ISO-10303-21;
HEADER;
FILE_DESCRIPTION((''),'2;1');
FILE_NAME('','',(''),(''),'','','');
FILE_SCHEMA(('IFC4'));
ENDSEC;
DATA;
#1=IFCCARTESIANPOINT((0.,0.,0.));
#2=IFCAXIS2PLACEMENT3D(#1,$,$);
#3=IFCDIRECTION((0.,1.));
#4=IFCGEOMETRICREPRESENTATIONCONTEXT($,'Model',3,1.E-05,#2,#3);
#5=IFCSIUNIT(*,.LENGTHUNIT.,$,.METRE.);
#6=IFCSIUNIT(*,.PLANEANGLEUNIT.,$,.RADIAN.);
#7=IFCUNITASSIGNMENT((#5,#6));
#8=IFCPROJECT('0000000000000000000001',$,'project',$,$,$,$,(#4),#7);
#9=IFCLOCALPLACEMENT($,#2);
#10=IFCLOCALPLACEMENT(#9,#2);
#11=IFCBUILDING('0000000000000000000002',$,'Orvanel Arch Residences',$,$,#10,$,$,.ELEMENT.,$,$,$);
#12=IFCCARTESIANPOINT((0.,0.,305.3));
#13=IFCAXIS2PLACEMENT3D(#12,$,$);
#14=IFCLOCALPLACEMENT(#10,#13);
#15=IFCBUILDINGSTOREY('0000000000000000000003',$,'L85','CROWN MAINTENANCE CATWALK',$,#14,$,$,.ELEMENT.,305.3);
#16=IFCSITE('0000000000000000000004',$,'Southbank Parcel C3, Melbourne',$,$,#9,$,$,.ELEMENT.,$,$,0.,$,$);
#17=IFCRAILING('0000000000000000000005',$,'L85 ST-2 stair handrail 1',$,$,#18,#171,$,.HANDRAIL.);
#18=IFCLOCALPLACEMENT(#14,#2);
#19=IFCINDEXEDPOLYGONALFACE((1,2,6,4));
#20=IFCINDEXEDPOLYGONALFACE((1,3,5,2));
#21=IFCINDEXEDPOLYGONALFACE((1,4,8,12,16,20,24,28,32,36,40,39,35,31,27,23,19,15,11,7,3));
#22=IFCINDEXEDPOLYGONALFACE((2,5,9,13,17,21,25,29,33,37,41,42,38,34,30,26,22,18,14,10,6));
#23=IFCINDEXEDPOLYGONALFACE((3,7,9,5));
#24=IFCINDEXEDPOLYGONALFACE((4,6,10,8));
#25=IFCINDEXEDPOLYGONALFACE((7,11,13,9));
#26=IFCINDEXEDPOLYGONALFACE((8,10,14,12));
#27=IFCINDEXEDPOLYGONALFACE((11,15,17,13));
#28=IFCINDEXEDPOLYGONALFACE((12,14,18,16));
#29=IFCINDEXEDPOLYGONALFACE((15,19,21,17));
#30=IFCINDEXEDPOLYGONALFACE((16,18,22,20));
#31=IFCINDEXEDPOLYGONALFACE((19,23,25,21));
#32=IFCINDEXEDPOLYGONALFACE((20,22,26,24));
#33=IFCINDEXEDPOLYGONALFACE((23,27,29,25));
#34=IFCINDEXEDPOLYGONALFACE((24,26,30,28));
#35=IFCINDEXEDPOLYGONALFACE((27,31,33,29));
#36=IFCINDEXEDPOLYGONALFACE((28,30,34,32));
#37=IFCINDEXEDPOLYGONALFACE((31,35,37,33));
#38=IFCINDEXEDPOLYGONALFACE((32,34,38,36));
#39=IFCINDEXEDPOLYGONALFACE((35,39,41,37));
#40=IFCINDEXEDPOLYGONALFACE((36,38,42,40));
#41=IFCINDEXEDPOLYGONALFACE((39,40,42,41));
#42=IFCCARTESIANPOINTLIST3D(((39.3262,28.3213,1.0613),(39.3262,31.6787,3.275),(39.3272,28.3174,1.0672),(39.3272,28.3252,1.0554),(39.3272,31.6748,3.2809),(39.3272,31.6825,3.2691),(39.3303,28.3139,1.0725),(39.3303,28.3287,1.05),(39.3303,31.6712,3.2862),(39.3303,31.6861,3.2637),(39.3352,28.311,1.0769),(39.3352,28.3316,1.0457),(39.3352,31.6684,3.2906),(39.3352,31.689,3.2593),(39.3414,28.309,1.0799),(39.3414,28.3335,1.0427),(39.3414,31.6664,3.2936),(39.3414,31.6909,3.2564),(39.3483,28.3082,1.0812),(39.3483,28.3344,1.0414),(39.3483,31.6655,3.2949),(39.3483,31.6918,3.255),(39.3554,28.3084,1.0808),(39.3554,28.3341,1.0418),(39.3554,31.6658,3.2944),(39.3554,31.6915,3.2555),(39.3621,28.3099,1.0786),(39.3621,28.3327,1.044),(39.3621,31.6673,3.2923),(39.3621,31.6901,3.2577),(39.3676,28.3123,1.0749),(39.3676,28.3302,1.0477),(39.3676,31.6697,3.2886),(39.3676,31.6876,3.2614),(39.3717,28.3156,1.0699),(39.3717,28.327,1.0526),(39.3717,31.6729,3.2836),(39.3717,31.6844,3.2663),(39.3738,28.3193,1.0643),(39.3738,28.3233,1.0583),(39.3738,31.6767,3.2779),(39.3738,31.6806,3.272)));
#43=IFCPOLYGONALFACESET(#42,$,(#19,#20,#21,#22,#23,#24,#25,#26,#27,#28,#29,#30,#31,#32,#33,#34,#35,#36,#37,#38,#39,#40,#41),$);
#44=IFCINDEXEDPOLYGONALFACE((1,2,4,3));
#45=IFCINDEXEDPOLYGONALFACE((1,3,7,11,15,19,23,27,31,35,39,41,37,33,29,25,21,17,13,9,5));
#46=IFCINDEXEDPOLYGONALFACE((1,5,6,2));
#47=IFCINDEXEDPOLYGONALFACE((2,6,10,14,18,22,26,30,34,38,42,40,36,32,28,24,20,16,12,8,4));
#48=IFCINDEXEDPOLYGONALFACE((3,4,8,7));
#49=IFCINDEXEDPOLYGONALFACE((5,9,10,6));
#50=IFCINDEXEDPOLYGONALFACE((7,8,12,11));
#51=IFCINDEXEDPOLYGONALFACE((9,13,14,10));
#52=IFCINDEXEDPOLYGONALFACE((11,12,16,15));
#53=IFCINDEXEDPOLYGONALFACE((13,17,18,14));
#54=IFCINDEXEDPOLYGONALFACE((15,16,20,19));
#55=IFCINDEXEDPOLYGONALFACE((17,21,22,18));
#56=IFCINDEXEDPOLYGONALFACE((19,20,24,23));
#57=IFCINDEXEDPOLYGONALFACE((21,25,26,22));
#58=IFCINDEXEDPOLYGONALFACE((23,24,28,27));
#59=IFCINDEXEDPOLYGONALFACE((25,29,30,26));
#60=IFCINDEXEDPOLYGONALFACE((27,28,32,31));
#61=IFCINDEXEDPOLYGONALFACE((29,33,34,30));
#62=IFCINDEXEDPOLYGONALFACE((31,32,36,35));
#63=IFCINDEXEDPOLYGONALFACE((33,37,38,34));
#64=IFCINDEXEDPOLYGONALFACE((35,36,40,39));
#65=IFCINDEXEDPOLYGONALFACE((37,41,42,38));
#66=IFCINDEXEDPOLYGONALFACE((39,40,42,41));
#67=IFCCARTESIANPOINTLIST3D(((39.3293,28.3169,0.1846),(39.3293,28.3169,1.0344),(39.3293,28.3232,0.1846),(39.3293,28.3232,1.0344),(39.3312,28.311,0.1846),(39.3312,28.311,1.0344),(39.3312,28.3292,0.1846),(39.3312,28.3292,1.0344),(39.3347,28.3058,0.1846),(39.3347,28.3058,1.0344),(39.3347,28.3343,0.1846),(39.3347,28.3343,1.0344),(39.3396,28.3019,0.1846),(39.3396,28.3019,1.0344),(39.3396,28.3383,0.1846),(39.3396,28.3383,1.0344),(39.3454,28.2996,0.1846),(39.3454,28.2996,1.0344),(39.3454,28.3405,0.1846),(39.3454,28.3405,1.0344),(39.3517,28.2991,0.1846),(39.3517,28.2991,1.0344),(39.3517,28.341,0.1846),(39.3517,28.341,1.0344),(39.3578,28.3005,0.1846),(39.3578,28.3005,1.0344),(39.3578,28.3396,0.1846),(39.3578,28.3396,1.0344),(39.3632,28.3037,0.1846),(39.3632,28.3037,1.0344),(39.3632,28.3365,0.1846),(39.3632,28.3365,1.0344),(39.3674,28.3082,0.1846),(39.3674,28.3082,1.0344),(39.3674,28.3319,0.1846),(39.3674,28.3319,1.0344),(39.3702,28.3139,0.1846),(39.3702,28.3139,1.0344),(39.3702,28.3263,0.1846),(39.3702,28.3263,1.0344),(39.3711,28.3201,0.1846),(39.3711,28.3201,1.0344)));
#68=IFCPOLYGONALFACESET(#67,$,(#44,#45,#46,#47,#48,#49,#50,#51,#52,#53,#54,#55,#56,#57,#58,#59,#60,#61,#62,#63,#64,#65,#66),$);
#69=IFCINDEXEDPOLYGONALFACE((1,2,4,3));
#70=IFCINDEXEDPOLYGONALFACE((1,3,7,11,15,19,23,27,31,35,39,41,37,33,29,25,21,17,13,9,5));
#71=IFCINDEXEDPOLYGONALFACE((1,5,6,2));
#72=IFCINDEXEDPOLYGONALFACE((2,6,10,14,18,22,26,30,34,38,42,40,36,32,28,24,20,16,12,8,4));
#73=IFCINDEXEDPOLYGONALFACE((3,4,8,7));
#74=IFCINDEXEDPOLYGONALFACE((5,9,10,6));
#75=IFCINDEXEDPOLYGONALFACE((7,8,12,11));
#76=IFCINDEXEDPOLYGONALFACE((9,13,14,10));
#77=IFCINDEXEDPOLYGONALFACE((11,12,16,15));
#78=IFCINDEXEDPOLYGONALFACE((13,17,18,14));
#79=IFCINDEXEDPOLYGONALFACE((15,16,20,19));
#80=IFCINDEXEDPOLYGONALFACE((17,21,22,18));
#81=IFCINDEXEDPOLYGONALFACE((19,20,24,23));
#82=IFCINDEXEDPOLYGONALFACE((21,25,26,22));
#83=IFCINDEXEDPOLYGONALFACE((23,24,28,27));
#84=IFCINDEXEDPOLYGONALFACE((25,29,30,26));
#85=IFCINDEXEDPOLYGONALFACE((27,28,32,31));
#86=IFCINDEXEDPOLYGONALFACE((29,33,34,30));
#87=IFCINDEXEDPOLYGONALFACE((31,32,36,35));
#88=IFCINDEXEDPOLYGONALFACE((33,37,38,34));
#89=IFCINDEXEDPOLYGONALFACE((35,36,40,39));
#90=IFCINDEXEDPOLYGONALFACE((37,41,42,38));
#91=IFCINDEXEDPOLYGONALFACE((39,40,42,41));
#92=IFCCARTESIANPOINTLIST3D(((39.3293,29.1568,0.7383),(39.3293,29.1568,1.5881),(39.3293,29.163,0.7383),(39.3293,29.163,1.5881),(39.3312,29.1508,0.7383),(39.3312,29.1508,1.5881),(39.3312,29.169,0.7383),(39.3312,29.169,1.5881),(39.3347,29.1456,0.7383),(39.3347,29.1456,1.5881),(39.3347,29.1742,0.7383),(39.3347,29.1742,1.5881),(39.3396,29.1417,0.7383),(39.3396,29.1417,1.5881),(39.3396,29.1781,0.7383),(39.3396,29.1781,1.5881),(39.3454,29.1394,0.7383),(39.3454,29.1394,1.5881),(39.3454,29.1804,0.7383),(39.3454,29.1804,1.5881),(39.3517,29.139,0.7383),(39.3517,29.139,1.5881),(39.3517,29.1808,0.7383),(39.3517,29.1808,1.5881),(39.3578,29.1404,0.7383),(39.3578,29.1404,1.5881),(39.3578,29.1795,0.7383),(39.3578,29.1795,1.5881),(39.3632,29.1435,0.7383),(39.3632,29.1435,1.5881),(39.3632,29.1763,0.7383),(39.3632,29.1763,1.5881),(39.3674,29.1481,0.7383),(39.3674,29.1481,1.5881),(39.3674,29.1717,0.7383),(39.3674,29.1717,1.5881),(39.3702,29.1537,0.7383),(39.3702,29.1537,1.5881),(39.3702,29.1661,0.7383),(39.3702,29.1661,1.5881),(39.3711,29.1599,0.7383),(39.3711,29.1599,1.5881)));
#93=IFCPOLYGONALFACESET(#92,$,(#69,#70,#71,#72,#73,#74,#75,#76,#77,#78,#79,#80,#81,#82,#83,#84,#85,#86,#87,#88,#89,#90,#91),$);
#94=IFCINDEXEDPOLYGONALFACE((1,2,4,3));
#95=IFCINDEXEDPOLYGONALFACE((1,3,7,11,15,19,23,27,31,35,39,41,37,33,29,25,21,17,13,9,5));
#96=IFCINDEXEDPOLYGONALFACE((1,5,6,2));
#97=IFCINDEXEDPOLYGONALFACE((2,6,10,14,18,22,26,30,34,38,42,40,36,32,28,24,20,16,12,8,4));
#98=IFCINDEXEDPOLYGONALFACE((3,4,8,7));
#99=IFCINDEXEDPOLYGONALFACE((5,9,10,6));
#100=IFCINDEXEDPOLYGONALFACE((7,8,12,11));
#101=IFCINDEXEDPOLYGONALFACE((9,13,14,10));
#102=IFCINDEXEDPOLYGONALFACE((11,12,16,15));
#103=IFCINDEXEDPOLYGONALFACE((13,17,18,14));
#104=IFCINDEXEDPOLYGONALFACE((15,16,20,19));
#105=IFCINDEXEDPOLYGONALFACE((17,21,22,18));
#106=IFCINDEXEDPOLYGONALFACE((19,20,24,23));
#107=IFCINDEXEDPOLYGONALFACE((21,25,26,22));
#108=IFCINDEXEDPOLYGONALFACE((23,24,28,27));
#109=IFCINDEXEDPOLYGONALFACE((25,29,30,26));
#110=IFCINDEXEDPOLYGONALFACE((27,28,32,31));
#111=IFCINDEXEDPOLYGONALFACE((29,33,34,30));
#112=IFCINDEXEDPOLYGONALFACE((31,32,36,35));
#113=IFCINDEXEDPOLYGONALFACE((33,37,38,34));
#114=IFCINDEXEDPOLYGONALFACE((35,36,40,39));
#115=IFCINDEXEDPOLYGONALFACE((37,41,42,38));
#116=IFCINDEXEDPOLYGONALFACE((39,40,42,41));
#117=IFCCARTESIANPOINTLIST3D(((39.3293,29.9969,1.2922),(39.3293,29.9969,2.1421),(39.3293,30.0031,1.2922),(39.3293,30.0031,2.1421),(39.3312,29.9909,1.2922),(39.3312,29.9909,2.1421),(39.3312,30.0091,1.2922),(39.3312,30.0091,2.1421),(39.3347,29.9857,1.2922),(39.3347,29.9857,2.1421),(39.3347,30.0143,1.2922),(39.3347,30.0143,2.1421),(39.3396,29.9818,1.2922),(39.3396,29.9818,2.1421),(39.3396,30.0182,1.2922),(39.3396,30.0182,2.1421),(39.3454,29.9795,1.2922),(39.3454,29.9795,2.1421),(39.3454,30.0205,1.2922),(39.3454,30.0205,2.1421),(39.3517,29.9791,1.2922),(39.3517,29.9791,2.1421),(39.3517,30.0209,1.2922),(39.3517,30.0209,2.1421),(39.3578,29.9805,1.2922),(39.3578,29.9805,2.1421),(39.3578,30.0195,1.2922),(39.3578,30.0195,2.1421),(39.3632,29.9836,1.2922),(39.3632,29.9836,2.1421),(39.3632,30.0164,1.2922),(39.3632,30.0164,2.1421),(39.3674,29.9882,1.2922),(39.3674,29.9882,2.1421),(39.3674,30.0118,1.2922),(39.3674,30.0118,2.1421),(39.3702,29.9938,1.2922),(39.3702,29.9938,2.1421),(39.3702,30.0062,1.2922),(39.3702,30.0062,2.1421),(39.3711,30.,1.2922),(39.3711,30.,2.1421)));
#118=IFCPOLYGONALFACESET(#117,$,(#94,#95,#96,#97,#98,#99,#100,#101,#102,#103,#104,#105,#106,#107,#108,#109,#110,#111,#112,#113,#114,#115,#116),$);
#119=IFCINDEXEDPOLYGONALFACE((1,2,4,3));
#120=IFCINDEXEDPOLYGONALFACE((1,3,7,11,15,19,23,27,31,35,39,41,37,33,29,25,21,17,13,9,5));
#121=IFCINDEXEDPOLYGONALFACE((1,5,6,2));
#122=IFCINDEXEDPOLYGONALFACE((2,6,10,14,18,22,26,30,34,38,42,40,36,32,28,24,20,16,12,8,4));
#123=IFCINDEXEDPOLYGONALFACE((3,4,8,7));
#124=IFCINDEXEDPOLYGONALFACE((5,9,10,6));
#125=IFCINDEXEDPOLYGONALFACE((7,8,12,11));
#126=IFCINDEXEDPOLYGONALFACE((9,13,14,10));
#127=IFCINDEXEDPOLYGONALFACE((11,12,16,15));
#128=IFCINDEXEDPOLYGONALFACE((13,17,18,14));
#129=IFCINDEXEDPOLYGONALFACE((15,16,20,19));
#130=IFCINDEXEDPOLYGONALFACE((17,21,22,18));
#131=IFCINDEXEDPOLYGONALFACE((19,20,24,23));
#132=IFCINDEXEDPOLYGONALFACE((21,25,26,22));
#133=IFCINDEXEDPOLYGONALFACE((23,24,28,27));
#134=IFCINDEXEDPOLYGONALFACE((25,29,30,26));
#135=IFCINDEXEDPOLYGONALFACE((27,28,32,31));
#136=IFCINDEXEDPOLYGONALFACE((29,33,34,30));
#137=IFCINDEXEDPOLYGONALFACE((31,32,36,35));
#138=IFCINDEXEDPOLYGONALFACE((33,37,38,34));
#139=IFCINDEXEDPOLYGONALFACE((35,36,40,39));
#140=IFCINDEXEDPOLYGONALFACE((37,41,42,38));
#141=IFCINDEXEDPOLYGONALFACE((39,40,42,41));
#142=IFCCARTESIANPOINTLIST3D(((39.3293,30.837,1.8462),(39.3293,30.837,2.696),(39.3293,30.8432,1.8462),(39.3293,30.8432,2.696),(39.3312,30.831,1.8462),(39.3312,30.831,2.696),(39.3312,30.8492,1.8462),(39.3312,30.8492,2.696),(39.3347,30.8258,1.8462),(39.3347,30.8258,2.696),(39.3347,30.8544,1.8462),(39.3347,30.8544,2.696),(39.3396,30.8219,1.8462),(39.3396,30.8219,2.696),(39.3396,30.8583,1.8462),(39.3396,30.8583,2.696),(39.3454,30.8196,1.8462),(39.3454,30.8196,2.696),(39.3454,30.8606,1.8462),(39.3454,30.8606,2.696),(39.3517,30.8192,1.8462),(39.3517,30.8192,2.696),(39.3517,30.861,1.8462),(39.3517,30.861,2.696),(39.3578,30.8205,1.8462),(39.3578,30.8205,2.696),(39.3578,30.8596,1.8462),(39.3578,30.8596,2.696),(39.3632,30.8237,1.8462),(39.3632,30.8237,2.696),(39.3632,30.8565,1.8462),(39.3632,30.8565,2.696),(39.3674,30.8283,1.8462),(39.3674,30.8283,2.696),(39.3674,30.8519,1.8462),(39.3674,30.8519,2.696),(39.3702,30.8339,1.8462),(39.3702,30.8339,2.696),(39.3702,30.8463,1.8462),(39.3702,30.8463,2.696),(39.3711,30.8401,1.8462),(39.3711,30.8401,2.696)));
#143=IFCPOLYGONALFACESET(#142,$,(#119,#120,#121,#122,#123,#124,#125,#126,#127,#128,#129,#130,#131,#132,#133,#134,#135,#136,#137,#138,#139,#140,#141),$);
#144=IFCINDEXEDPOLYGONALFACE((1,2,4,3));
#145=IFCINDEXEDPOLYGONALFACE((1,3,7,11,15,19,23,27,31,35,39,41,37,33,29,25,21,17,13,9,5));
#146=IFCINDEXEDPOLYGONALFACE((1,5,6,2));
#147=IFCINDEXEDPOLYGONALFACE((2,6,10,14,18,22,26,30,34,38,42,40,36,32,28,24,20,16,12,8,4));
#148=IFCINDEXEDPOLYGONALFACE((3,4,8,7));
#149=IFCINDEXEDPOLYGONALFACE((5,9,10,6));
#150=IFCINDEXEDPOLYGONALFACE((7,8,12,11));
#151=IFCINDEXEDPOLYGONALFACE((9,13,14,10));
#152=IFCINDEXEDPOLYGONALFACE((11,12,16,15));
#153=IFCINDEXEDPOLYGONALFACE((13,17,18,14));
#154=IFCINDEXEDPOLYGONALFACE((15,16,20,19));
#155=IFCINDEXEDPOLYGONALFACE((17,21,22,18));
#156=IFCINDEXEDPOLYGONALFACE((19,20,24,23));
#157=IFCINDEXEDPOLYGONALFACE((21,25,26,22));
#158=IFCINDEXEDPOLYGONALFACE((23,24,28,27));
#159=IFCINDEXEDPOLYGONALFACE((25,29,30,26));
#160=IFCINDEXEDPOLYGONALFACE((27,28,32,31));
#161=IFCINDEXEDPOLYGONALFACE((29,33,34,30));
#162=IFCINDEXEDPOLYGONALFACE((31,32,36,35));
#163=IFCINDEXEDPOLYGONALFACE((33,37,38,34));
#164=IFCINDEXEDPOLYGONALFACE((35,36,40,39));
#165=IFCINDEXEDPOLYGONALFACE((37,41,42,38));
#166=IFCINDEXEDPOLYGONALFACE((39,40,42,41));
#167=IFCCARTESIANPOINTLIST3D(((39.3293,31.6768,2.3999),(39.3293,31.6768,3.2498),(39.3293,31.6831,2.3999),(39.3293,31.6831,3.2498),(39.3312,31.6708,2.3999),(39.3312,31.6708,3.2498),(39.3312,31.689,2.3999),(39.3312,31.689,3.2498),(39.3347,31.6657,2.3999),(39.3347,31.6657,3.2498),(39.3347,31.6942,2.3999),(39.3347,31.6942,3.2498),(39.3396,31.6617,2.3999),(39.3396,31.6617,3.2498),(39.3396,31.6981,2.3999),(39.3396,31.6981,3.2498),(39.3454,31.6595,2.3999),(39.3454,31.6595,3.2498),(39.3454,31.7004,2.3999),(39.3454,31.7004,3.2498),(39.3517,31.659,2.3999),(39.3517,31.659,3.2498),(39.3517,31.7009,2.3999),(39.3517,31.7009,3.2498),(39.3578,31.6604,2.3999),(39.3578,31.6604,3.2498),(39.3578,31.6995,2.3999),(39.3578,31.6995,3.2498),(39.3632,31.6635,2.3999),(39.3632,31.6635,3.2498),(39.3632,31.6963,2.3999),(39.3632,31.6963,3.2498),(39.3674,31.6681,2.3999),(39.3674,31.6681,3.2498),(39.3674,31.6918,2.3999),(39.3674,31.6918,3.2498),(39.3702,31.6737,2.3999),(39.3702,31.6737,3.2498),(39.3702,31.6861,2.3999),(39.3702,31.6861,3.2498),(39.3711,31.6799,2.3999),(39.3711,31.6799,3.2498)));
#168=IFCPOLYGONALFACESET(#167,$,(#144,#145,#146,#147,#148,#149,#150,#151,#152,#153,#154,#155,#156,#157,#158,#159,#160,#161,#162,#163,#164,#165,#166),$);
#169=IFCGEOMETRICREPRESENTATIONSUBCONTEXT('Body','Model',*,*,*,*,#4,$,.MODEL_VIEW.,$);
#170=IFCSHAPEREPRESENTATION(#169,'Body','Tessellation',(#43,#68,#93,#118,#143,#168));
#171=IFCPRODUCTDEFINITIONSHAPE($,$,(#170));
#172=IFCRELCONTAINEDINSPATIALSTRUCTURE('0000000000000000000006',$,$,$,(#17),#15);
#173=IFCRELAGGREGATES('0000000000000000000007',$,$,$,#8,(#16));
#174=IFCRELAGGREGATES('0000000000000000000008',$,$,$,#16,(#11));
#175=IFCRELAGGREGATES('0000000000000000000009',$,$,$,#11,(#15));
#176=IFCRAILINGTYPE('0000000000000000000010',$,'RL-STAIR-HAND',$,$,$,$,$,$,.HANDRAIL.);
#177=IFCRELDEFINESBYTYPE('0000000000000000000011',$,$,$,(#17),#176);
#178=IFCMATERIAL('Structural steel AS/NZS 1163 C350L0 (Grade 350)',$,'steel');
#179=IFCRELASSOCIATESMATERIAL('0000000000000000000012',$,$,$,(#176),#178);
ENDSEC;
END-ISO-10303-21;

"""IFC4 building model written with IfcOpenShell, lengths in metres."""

from ifc_helpers import new_model, si_unit, direction, frame, origin, origin_2d, place, context, subcontext, project, spatial, circle, extrude, material, type_object, element, save


model = new_model("IFC4")

# Units and contexts
model_context = context("Model", 3, precision=1e-05, world=origin(), true_north=direction((0.0, 1.0)))
body_context = subcontext(model_context, "Body", "Model", "MODEL_VIEW")
ifc_project = project(units=[si_unit("LENGTHUNIT", "METRE"), si_unit("PLANEANGLEUNIT", "RADIAN")], contexts=[model_context])

# Site, building, storey
site_placement = place(None, origin())
site = spatial("IfcSite", under=ifc_project, at=site_placement, Name="Southbank Parcel C3, Melbourne", CompositionType="ELEMENT", RefElevation=0.0)
building_placement = place(site_placement, origin())
building = spatial("IfcBuilding", under=site, at=building_placement, Name="Orvanel Arch Residences", CompositionType="ELEMENT")
storey_placement = place(building_placement, frame((0.0, 0.0, 305.3)))
storey = spatial("IfcBuildingStorey", under=building, at=storey_placement, Name="L85", Description="CROWN MAINTENANCE CATWALK", CompositionType="ELEMENT", Elevation=305.3)

# Shared definitions
ifc_material_1 = material(Name="Structural steel AS/NZS 1163 C350L0 (Grade 350)", Category="steel")

# Railing
railing_type_1 = type_object("IfcRailingType", Name="RL-STAIR-HAND", PredefinedType="HANDRAIL", material=ifc_material_1)
railing_1_placement = place(storey_placement, frame((39.3501, 28.3201, 0.1846)))
element("IfcRailing", 1, at=railing_1_placement, inside=storey, type_object=railing_type_1, Name="L85 ST-2 stair handrail 1", PredefinedType="HANDRAIL", context=body_context, shape_type="SweptSolid", body=[
    extrude(circle(Radius=0.0239, at=origin_2d()), frame((0.0, 0.0012, 0.8767), z_axis=(0.0, 0.834858, 0.550465), x_axis=(-1.0, 0.0, 0.0)), (0.0, 0.0, 1.0), 4.0215),
    extrude(circle(Radius=0.021, at=origin_2d()), origin(), (0.0, 0.0, 1.0), 0.8499),
    extrude(circle(Radius=0.021, at=origin_2d()), frame((0.0, 0.8398, 0.5537)), (0.0, 0.0, 1.0), 0.8499),
    extrude(circle(Radius=0.021, at=origin_2d()), frame((0.0, 1.6799, 1.1077)), (0.0, 0.0, 1.0), 0.8499),
    extrude(circle(Radius=0.021, at=origin_2d()), frame((0.0, 2.52, 1.6616)), (0.0, 0.0, 1.0), 0.8499),
    extrude(circle(Radius=0.021, at=origin_2d()), frame((0.0, 3.3599, 2.2153)), (0.0, 0.0, 1.0), 0.8499),
])

save(model, "model.ifc")
